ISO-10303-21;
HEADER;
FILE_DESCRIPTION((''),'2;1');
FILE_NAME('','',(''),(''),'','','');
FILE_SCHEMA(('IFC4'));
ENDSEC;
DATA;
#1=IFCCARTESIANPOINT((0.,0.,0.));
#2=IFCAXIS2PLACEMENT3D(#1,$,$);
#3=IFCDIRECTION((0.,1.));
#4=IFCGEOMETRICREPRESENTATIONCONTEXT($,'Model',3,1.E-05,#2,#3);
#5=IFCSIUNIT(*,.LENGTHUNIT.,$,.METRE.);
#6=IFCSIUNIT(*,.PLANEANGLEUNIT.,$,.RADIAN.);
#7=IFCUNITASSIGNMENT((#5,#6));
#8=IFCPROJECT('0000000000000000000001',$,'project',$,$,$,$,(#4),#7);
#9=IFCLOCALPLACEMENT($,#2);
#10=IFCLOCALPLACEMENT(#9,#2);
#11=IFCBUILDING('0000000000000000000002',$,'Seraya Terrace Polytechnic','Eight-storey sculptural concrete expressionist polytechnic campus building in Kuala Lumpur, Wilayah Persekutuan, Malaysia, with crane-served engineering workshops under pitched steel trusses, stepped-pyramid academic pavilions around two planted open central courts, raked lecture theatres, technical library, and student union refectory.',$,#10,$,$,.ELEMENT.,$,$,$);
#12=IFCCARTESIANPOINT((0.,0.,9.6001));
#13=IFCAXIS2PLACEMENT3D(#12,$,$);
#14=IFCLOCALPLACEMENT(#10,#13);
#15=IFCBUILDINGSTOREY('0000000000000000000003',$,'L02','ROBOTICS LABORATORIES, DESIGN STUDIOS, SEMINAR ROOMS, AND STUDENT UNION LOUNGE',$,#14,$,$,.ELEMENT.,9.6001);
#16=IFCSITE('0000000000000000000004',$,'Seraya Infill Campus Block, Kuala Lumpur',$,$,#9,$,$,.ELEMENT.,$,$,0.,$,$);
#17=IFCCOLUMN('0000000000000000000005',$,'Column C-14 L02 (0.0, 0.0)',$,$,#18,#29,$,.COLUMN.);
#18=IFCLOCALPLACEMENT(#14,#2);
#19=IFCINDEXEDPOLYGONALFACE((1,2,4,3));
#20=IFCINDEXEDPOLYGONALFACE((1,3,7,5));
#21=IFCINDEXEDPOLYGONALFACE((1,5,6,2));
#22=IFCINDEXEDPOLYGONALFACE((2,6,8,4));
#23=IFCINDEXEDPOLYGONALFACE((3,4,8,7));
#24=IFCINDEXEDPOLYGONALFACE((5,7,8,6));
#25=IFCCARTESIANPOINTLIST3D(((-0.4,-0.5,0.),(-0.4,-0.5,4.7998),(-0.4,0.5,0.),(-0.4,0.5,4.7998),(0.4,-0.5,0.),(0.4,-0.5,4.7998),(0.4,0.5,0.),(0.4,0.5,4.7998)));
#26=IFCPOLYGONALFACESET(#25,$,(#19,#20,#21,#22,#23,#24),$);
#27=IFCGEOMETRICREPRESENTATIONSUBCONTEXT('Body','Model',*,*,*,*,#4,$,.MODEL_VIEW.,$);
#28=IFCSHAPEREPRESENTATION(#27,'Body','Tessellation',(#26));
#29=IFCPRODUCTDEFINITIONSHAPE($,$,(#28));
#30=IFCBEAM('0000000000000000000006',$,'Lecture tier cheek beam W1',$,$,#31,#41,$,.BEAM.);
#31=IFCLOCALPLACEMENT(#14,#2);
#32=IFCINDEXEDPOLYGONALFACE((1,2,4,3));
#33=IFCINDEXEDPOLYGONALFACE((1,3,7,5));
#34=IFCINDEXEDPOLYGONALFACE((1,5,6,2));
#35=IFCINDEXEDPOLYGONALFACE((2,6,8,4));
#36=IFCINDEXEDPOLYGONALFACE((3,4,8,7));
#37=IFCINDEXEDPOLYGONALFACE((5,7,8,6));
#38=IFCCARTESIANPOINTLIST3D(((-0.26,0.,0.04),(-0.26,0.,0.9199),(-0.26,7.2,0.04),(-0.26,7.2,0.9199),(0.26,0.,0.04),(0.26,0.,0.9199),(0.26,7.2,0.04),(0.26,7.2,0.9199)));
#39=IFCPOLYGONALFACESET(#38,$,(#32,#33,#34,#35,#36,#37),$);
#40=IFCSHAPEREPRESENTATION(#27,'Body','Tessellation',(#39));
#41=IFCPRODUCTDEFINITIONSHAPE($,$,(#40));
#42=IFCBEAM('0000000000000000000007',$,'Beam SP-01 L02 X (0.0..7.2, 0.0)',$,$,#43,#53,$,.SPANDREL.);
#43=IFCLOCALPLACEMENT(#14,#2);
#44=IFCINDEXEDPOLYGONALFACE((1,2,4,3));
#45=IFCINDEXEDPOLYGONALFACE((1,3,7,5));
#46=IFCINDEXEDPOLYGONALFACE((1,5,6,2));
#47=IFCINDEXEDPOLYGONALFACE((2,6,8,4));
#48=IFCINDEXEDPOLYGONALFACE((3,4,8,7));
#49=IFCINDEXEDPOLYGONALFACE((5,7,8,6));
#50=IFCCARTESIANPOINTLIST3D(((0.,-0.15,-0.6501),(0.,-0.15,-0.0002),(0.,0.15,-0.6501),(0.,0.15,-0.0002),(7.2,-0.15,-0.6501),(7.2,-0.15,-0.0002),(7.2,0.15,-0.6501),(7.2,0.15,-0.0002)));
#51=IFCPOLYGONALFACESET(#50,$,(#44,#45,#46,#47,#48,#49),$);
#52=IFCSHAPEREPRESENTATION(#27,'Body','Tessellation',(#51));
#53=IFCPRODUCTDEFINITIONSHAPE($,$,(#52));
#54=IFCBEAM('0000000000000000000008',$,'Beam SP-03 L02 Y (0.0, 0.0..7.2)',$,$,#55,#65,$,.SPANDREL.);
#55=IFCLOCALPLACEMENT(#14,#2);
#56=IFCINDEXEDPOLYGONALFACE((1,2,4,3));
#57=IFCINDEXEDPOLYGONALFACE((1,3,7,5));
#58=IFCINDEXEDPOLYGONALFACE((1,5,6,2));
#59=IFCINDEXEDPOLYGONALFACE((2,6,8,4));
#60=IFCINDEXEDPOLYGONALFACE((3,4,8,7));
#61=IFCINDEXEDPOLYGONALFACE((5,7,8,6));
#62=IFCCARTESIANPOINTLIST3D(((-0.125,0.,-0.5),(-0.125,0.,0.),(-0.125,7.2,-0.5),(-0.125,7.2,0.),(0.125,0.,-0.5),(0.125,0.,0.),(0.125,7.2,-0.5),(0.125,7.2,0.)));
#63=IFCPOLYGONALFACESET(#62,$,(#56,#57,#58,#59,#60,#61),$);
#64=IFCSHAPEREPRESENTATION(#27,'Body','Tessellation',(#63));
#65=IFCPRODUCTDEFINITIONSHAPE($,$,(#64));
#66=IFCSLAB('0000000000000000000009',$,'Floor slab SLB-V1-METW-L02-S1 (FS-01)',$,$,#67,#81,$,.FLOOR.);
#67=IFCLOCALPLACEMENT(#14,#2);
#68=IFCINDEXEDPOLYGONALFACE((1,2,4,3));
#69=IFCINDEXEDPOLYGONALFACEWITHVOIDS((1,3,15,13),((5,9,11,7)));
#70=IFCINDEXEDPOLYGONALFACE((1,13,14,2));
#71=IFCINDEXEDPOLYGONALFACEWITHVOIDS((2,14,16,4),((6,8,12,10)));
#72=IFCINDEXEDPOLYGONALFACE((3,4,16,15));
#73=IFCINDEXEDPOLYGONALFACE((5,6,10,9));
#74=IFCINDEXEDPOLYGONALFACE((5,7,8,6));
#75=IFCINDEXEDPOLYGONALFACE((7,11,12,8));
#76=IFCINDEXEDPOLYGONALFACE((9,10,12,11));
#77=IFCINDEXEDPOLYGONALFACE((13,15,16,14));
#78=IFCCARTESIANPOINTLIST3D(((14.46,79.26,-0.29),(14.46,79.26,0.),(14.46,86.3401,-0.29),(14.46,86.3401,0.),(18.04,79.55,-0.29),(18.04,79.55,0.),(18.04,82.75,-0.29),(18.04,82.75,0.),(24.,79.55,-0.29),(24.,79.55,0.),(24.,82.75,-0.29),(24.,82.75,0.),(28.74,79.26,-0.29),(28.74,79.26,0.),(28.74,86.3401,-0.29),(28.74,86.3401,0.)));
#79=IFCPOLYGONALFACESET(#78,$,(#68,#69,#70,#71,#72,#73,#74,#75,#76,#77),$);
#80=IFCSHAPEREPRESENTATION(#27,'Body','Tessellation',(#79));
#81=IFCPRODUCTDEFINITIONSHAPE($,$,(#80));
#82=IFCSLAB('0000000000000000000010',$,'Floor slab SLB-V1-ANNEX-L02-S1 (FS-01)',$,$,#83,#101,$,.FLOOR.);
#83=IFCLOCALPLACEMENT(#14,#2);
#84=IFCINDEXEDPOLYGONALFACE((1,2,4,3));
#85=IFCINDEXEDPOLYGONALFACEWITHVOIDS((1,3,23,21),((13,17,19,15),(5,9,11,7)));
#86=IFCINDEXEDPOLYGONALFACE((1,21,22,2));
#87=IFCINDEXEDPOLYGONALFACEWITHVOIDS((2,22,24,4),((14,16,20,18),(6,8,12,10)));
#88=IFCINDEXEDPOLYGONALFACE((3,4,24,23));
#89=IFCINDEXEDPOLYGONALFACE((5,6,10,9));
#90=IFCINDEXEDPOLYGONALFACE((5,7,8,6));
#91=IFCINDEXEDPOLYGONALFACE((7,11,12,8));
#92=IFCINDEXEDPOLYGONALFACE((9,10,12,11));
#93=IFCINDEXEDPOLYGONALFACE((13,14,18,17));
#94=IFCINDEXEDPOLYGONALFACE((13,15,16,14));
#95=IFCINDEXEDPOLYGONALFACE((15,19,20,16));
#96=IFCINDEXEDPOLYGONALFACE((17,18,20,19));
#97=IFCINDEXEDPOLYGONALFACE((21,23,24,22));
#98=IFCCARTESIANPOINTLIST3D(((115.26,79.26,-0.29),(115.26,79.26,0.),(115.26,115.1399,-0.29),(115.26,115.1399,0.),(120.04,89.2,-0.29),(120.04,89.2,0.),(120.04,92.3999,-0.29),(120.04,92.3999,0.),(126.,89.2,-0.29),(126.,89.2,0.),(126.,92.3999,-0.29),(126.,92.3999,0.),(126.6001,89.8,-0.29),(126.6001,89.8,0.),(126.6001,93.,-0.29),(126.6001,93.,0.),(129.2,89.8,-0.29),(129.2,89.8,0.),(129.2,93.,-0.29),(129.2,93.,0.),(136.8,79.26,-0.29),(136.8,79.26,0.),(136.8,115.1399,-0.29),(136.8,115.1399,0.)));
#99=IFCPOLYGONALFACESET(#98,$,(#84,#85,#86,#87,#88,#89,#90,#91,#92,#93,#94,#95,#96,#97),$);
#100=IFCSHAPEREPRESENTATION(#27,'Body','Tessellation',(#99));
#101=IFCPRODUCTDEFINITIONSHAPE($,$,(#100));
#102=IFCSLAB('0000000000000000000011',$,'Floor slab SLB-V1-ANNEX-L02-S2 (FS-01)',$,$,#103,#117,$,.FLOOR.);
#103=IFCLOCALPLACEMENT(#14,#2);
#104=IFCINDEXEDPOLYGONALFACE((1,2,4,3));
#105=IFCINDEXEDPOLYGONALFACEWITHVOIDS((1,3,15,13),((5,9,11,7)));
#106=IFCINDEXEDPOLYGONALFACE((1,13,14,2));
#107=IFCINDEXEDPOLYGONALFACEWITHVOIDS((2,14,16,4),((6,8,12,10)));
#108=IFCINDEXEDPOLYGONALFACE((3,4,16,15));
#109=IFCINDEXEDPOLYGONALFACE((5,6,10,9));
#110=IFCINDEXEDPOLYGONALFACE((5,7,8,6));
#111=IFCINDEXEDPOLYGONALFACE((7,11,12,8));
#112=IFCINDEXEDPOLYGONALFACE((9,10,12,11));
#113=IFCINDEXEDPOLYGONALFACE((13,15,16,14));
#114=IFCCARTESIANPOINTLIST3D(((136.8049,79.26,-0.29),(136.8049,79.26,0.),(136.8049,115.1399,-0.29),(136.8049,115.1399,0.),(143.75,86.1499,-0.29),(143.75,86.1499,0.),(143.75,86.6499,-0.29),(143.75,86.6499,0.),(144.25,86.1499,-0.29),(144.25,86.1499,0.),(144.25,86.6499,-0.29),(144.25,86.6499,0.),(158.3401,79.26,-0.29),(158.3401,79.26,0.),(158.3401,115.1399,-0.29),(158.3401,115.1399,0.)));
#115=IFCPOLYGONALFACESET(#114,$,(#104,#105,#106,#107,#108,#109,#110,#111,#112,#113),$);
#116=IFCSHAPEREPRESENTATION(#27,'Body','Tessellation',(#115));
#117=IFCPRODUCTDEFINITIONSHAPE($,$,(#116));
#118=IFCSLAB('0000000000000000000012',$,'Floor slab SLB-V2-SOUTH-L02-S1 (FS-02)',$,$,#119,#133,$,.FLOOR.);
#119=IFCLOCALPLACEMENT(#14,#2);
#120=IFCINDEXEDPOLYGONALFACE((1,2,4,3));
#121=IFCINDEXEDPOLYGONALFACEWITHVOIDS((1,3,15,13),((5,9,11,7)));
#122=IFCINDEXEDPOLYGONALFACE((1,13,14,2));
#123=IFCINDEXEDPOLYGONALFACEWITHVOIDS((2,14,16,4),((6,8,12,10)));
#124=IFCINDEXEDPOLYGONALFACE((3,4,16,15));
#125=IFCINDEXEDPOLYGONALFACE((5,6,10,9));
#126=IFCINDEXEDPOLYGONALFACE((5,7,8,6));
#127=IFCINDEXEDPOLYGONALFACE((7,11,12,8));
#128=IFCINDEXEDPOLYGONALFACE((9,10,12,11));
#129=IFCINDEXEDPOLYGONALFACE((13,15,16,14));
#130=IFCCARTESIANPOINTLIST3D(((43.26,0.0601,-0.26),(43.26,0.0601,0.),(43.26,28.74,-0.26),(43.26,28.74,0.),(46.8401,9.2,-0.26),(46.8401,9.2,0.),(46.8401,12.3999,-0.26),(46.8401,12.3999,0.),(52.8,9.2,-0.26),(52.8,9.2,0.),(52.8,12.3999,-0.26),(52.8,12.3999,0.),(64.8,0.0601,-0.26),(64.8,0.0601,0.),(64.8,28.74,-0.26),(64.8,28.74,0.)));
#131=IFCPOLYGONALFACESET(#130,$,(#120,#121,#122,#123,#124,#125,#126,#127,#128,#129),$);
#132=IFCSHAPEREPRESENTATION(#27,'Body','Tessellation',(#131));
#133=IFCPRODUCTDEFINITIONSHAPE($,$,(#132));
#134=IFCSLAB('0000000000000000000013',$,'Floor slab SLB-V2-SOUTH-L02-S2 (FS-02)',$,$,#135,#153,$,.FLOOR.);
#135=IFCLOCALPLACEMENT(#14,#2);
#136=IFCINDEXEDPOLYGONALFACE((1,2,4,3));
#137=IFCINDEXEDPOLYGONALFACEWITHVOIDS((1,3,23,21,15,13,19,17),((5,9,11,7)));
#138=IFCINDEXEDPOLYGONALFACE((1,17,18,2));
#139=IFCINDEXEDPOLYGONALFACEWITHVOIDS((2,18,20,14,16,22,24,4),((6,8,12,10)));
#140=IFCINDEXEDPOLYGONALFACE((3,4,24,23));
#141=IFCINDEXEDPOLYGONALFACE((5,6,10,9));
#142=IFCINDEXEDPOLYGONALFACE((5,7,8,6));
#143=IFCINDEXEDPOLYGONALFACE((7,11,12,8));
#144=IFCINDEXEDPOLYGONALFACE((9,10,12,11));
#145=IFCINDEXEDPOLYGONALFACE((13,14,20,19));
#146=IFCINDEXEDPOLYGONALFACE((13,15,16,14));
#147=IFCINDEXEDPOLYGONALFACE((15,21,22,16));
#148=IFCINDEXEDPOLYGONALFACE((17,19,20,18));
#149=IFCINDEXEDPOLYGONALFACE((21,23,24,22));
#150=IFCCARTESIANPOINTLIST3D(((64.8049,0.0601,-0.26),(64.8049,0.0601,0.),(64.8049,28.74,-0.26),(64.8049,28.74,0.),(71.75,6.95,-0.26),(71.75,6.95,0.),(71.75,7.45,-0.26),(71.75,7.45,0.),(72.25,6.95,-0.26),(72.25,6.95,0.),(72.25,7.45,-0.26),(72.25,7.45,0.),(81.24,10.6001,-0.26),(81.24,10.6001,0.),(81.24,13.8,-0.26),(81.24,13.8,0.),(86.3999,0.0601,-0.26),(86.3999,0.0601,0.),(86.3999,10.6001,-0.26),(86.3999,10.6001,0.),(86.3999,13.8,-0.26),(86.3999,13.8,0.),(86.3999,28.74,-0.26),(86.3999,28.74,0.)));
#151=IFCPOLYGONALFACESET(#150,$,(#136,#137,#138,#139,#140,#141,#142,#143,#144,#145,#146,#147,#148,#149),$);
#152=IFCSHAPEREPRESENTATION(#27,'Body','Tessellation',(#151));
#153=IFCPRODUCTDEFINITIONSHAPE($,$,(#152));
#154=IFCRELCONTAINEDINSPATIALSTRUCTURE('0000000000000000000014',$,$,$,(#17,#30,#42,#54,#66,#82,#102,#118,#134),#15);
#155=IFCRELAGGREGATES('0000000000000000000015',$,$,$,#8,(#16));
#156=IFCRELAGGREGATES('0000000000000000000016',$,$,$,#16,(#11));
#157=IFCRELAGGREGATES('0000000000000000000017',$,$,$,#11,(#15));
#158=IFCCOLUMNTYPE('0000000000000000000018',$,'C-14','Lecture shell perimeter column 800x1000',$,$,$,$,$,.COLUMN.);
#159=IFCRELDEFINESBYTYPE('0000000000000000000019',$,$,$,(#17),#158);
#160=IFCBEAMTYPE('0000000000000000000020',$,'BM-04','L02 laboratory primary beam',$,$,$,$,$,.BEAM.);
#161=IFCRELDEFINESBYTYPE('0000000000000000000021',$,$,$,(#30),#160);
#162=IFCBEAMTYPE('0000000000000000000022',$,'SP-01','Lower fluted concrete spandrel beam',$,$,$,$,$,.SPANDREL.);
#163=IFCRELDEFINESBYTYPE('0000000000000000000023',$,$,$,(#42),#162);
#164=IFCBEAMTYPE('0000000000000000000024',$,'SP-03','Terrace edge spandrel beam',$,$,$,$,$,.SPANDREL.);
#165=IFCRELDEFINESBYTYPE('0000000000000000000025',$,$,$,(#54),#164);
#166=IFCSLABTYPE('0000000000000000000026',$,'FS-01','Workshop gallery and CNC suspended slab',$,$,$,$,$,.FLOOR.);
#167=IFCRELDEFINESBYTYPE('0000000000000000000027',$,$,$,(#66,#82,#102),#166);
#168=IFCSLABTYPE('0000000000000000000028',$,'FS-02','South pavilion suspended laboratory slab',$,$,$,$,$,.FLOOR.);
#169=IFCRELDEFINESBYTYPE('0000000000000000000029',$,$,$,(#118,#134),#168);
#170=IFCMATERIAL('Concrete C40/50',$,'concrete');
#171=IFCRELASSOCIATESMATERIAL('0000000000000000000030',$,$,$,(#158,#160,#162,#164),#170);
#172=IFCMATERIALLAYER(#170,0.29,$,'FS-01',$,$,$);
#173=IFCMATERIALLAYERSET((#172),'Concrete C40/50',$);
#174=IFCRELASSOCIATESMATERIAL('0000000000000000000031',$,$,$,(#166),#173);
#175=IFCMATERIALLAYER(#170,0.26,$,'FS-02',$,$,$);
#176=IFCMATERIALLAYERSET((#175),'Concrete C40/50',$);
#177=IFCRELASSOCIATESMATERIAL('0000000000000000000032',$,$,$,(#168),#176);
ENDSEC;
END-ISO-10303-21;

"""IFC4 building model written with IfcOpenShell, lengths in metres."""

from ifc_helpers import new_model, si_unit, direction, frame, origin, origin_with_axes, origin_2d, place, context, subcontext, project, spatial, polyline, rectangle, outline, extrude, material, layer, layer_set, material_profile, profile_set, type_object, element, save


model = new_model("IFC4")

# Units and contexts
model_context = context("Model", 3, precision=1e-05, world=origin(), true_north=direction((0.0, 1.0)))
body_context = subcontext(model_context, "Body", "Model", "MODEL_VIEW")
ifc_project = project(units=[si_unit("LENGTHUNIT", "METRE"), si_unit("PLANEANGLEUNIT", "RADIAN")], contexts=[model_context])

# Site, building, storey
site_placement = place(None, origin())
site = spatial("IfcSite", under=ifc_project, at=site_placement, Name="Seraya Infill Campus Block, Kuala Lumpur", CompositionType="ELEMENT", RefElevation=0.0)
building_placement = place(site_placement, origin())
building = spatial("IfcBuilding", under=site, at=building_placement, Name="Seraya Terrace Polytechnic", Description="Eight-storey sculptural concrete expressionist polytechnic campus building in Kuala Lumpur, Wilayah Persekutuan, Malaysia, with crane-served engineering workshops under pitched steel trusses, stepped-pyramid academic pavilions around two planted open central courts, raked lecture theatres, technical library, and student union refectory.", CompositionType="ELEMENT")
storey_placement = place(building_placement, frame((0.0, 0.0, 9.6001)))
storey = spatial("IfcBuildingStorey", under=building, at=storey_placement, Name="L02", Description="ROBOTICS LABORATORIES, DESIGN STUDIOS, SEMINAR ROOMS, AND STUDENT UNION LOUNGE", CompositionType="ELEMENT", Elevation=9.6001)

# Column
ifc_material_1 = material(Name="Concrete C40/50", Category="concrete")
ifc_material_profile_1 = material_profile(ifc_material_1, rectangle(XDim=0.8, YDim=1.0, at=origin_2d()), Name="RC 800x1000")
ifc_profile_set_1 = profile_set([ifc_material_profile_1], Name="Concrete C40/50")
column_type = type_object("IfcColumnType", Name="C-14", Description="Lecture shell perimeter column 800x1000", PredefinedType="COLUMN", material=ifc_profile_set_1)
column_placement = place(storey_placement, origin_with_axes())
element("IfcColumn", 1, at=column_placement, inside=storey, type_object=column_type, Name="Column C-14 L02 (0.0, 0.0)", PredefinedType="COLUMN", context=body_context, shape_type="SweptSolid", body=[
    extrude(rectangle(XDim=0.8, YDim=1.0, at=origin_2d()), origin(), (0.0, 0.0, 1.0), 4.7998),
])

# Beams
ifc_material_profile_2 = material_profile(ifc_material_1, rectangle(XDim=0.52, YDim=0.8799, at=origin_2d()), Name="RC 520x880")
ifc_profile_set_2 = profile_set([ifc_material_profile_2], Name="Concrete C40/50")
beam_type_1 = type_object("IfcBeamType", Name="BM-04", Description="L02 laboratory primary beam", PredefinedType="BEAM", material=ifc_profile_set_2)
beam_1_placement = place(storey_placement, frame((0.0, 0.0, 0.48), z_axis=(0.0, 1.0, 0.0), x_axis=(-1.0, 0.0, 0.0)))
element("IfcBeam", 2, at=beam_1_placement, inside=storey, type_object=beam_type_1, Name="Lecture tier cheek beam W1", PredefinedType="BEAM", context=body_context, shape_type="SweptSolid", body=[
    extrude(rectangle(XDim=0.52, YDim=0.8799, at=origin_2d()), origin(), (0.0, 0.0, 1.0), 7.2),
])
ifc_material_profile_3 = material_profile(ifc_material_1, rectangle(XDim=0.3, YDim=0.6499, at=origin_2d()), Name="RC 300x650")
ifc_profile_set_3 = profile_set([ifc_material_profile_3], Name="Concrete C40/50")
beam_type_2 = type_object("IfcBeamType", Name="SP-01", Description="Lower fluted concrete spandrel beam", PredefinedType="SPANDREL", material=ifc_profile_set_3)
beam_2_placement = place(storey_placement, frame((0.0, 0.0, -0.3252), z_axis=(1.0, 0.0, 0.0), x_axis=(0.0, 1.0, 0.0)))
element("IfcBeam", 3, at=beam_2_placement, inside=storey, type_object=beam_type_2, Name="Beam SP-01 L02 X (0.0..7.2, 0.0)", PredefinedType="SPANDREL", context=body_context, shape_type="SweptSolid", body=[
    extrude(rectangle(XDim=0.3, YDim=0.6499, at=origin_2d()), origin(), (0.0, 0.0, 1.0), 7.2),
])
ifc_material_profile_4 = material_profile(ifc_material_1, rectangle(XDim=0.25, YDim=0.5, at=origin_2d()), Name="RC 250x500")
ifc_profile_set_4 = profile_set([ifc_material_profile_4], Name="Concrete C40/50")
beam_type_3 = type_object("IfcBeamType", Name="SP-03", Description="Terrace edge spandrel beam", PredefinedType="SPANDREL", material=ifc_profile_set_4)
beam_3_placement = place(storey_placement, frame((0.0, 0.0, -0.25), z_axis=(0.0, 1.0, 0.0), x_axis=(-1.0, 0.0, 0.0)))
element("IfcBeam", 4, at=beam_3_placement, inside=storey, type_object=beam_type_3, Name="Beam SP-03 L02 Y (0.0, 0.0..7.2)", PredefinedType="SPANDREL", context=body_context, shape_type="SweptSolid", body=[
    extrude(rectangle(XDim=0.25, YDim=0.5, at=origin_2d()), origin(), (0.0, 0.0, 1.0), 7.2),
])

# Slabs
ifc_layer_1 = layer(ifc_material_1, 0.29, Name="FS-01")
ifc_layer_set_1 = layer_set([ifc_layer_1], Name="Concrete C40/50")
slab_type_1 = type_object("IfcSlabType", Name="FS-01", Description="Workshop gallery and CNC suspended slab", PredefinedType="FLOOR", material=ifc_layer_set_1)
slab_1_placement = place(storey_placement, frame((0.0, 0.0, -0.29)))
element("IfcSlab", 5, at=slab_1_placement, inside=storey, type_object=slab_type_1, Name="Floor slab SLB-V1-METW-L02-S1 (FS-01)", PredefinedType="FLOOR", context=body_context, shape_type="SweptSolid", body=[
    extrude(outline(polyline([(14.46, 79.26), (14.46, 86.3401), (28.74, 86.3401), (28.74, 79.26), (14.46, 79.26)]), holes=[polyline([(24.0, 82.75), (18.04, 82.75), (18.04, 79.55), (24.0, 79.55), (24.0, 82.75)])]), origin(), (0.0, 0.0, 1.0), 0.29),
])
slab_2_placement = place(storey_placement, frame((0.0, 0.0, -0.29)))
element("IfcSlab", 6, at=slab_2_placement, inside=storey, type_object=slab_type_1, Name="Floor slab SLB-V1-ANNEX-L02-S1 (FS-01)", PredefinedType="FLOOR", context=body_context, shape_type="SweptSolid", body=[
    extrude(outline(polyline([(115.26, 115.1399), (136.8, 115.1399), (136.8, 79.26), (115.26, 79.26), (115.26, 115.1399)]), holes=[polyline([(126.0, 92.3999), (120.04, 92.3999), (120.04, 89.2), (126.0, 89.2), (126.0, 92.3999)]), polyline([(129.2, 93.0), (126.6001, 93.0), (126.6001, 89.8), (129.2, 89.8), (129.2, 93.0)])]), origin(), (0.0, 0.0, 1.0), 0.29),
])
slab_3_placement = place(storey_placement, frame((0.0, 0.0, -0.29)))
element("IfcSlab", 7, at=slab_3_placement, inside=storey, type_object=slab_type_1, Name="Floor slab SLB-V1-ANNEX-L02-S2 (FS-01)", PredefinedType="FLOOR", context=body_context, shape_type="SweptSolid", body=[
    extrude(outline(polyline([(158.3401, 115.1399), (158.3401, 79.26), (136.8049, 79.26), (136.8049, 115.1399), (158.3401, 115.1399)]), holes=[polyline([(143.75, 86.6499), (143.75, 86.1499), (144.25, 86.1499), (144.25, 86.6499), (143.75, 86.6499)])]), origin(), (0.0, 0.0, 1.0), 0.29),
])
ifc_layer_2 = layer(ifc_material_1, 0.26, Name="FS-02")
ifc_layer_set_2 = layer_set([ifc_layer_2], Name="Concrete C40/50")
slab_type_2 = type_object("IfcSlabType", Name="FS-02", Description="South pavilion suspended laboratory slab", PredefinedType="FLOOR", material=ifc_layer_set_2)
slab_4_placement = place(storey_placement, frame((0.0, 0.0, -0.26)))
element("IfcSlab", 8, at=slab_4_placement, inside=storey, type_object=slab_type_2, Name="Floor slab SLB-V2-SOUTH-L02-S1 (FS-02)", PredefinedType="FLOOR", context=body_context, shape_type="SweptSolid", body=[
    extrude(outline(polyline([(43.26, 28.74), (64.8, 28.74), (64.8, 0.0601), (43.26, 0.0601), (43.26, 28.74)]), holes=[polyline([(46.8401, 12.3999), (46.8401, 9.2), (52.8, 9.2), (52.8, 12.3999), (46.8401, 12.3999)])]), origin(), (0.0, 0.0, 1.0), 0.26),
])
slab_5_placement = place(storey_placement, frame((0.0, 0.0, -0.26)))
element("IfcSlab", 9, at=slab_5_placement, inside=storey, type_object=slab_type_2, Name="Floor slab SLB-V2-SOUTH-L02-S2 (FS-02)", PredefinedType="FLOOR", context=body_context, shape_type="SweptSolid", body=[
    extrude(outline(polyline([(86.3999, 28.74), (86.3999, 13.8), (81.24, 13.8), (81.24, 10.6001), (86.3999, 10.6001), (86.3999, 0.0601), (64.8049, 0.0601), (64.8049, 28.74), (86.3999, 28.74)]), holes=[polyline([(71.75, 7.45), (71.75, 6.95), (72.25, 6.95), (72.25, 7.45), (71.75, 7.45)])]), origin(), (0.0, 0.0, 1.0), 0.26),
])

save(model, "model.ifc")
